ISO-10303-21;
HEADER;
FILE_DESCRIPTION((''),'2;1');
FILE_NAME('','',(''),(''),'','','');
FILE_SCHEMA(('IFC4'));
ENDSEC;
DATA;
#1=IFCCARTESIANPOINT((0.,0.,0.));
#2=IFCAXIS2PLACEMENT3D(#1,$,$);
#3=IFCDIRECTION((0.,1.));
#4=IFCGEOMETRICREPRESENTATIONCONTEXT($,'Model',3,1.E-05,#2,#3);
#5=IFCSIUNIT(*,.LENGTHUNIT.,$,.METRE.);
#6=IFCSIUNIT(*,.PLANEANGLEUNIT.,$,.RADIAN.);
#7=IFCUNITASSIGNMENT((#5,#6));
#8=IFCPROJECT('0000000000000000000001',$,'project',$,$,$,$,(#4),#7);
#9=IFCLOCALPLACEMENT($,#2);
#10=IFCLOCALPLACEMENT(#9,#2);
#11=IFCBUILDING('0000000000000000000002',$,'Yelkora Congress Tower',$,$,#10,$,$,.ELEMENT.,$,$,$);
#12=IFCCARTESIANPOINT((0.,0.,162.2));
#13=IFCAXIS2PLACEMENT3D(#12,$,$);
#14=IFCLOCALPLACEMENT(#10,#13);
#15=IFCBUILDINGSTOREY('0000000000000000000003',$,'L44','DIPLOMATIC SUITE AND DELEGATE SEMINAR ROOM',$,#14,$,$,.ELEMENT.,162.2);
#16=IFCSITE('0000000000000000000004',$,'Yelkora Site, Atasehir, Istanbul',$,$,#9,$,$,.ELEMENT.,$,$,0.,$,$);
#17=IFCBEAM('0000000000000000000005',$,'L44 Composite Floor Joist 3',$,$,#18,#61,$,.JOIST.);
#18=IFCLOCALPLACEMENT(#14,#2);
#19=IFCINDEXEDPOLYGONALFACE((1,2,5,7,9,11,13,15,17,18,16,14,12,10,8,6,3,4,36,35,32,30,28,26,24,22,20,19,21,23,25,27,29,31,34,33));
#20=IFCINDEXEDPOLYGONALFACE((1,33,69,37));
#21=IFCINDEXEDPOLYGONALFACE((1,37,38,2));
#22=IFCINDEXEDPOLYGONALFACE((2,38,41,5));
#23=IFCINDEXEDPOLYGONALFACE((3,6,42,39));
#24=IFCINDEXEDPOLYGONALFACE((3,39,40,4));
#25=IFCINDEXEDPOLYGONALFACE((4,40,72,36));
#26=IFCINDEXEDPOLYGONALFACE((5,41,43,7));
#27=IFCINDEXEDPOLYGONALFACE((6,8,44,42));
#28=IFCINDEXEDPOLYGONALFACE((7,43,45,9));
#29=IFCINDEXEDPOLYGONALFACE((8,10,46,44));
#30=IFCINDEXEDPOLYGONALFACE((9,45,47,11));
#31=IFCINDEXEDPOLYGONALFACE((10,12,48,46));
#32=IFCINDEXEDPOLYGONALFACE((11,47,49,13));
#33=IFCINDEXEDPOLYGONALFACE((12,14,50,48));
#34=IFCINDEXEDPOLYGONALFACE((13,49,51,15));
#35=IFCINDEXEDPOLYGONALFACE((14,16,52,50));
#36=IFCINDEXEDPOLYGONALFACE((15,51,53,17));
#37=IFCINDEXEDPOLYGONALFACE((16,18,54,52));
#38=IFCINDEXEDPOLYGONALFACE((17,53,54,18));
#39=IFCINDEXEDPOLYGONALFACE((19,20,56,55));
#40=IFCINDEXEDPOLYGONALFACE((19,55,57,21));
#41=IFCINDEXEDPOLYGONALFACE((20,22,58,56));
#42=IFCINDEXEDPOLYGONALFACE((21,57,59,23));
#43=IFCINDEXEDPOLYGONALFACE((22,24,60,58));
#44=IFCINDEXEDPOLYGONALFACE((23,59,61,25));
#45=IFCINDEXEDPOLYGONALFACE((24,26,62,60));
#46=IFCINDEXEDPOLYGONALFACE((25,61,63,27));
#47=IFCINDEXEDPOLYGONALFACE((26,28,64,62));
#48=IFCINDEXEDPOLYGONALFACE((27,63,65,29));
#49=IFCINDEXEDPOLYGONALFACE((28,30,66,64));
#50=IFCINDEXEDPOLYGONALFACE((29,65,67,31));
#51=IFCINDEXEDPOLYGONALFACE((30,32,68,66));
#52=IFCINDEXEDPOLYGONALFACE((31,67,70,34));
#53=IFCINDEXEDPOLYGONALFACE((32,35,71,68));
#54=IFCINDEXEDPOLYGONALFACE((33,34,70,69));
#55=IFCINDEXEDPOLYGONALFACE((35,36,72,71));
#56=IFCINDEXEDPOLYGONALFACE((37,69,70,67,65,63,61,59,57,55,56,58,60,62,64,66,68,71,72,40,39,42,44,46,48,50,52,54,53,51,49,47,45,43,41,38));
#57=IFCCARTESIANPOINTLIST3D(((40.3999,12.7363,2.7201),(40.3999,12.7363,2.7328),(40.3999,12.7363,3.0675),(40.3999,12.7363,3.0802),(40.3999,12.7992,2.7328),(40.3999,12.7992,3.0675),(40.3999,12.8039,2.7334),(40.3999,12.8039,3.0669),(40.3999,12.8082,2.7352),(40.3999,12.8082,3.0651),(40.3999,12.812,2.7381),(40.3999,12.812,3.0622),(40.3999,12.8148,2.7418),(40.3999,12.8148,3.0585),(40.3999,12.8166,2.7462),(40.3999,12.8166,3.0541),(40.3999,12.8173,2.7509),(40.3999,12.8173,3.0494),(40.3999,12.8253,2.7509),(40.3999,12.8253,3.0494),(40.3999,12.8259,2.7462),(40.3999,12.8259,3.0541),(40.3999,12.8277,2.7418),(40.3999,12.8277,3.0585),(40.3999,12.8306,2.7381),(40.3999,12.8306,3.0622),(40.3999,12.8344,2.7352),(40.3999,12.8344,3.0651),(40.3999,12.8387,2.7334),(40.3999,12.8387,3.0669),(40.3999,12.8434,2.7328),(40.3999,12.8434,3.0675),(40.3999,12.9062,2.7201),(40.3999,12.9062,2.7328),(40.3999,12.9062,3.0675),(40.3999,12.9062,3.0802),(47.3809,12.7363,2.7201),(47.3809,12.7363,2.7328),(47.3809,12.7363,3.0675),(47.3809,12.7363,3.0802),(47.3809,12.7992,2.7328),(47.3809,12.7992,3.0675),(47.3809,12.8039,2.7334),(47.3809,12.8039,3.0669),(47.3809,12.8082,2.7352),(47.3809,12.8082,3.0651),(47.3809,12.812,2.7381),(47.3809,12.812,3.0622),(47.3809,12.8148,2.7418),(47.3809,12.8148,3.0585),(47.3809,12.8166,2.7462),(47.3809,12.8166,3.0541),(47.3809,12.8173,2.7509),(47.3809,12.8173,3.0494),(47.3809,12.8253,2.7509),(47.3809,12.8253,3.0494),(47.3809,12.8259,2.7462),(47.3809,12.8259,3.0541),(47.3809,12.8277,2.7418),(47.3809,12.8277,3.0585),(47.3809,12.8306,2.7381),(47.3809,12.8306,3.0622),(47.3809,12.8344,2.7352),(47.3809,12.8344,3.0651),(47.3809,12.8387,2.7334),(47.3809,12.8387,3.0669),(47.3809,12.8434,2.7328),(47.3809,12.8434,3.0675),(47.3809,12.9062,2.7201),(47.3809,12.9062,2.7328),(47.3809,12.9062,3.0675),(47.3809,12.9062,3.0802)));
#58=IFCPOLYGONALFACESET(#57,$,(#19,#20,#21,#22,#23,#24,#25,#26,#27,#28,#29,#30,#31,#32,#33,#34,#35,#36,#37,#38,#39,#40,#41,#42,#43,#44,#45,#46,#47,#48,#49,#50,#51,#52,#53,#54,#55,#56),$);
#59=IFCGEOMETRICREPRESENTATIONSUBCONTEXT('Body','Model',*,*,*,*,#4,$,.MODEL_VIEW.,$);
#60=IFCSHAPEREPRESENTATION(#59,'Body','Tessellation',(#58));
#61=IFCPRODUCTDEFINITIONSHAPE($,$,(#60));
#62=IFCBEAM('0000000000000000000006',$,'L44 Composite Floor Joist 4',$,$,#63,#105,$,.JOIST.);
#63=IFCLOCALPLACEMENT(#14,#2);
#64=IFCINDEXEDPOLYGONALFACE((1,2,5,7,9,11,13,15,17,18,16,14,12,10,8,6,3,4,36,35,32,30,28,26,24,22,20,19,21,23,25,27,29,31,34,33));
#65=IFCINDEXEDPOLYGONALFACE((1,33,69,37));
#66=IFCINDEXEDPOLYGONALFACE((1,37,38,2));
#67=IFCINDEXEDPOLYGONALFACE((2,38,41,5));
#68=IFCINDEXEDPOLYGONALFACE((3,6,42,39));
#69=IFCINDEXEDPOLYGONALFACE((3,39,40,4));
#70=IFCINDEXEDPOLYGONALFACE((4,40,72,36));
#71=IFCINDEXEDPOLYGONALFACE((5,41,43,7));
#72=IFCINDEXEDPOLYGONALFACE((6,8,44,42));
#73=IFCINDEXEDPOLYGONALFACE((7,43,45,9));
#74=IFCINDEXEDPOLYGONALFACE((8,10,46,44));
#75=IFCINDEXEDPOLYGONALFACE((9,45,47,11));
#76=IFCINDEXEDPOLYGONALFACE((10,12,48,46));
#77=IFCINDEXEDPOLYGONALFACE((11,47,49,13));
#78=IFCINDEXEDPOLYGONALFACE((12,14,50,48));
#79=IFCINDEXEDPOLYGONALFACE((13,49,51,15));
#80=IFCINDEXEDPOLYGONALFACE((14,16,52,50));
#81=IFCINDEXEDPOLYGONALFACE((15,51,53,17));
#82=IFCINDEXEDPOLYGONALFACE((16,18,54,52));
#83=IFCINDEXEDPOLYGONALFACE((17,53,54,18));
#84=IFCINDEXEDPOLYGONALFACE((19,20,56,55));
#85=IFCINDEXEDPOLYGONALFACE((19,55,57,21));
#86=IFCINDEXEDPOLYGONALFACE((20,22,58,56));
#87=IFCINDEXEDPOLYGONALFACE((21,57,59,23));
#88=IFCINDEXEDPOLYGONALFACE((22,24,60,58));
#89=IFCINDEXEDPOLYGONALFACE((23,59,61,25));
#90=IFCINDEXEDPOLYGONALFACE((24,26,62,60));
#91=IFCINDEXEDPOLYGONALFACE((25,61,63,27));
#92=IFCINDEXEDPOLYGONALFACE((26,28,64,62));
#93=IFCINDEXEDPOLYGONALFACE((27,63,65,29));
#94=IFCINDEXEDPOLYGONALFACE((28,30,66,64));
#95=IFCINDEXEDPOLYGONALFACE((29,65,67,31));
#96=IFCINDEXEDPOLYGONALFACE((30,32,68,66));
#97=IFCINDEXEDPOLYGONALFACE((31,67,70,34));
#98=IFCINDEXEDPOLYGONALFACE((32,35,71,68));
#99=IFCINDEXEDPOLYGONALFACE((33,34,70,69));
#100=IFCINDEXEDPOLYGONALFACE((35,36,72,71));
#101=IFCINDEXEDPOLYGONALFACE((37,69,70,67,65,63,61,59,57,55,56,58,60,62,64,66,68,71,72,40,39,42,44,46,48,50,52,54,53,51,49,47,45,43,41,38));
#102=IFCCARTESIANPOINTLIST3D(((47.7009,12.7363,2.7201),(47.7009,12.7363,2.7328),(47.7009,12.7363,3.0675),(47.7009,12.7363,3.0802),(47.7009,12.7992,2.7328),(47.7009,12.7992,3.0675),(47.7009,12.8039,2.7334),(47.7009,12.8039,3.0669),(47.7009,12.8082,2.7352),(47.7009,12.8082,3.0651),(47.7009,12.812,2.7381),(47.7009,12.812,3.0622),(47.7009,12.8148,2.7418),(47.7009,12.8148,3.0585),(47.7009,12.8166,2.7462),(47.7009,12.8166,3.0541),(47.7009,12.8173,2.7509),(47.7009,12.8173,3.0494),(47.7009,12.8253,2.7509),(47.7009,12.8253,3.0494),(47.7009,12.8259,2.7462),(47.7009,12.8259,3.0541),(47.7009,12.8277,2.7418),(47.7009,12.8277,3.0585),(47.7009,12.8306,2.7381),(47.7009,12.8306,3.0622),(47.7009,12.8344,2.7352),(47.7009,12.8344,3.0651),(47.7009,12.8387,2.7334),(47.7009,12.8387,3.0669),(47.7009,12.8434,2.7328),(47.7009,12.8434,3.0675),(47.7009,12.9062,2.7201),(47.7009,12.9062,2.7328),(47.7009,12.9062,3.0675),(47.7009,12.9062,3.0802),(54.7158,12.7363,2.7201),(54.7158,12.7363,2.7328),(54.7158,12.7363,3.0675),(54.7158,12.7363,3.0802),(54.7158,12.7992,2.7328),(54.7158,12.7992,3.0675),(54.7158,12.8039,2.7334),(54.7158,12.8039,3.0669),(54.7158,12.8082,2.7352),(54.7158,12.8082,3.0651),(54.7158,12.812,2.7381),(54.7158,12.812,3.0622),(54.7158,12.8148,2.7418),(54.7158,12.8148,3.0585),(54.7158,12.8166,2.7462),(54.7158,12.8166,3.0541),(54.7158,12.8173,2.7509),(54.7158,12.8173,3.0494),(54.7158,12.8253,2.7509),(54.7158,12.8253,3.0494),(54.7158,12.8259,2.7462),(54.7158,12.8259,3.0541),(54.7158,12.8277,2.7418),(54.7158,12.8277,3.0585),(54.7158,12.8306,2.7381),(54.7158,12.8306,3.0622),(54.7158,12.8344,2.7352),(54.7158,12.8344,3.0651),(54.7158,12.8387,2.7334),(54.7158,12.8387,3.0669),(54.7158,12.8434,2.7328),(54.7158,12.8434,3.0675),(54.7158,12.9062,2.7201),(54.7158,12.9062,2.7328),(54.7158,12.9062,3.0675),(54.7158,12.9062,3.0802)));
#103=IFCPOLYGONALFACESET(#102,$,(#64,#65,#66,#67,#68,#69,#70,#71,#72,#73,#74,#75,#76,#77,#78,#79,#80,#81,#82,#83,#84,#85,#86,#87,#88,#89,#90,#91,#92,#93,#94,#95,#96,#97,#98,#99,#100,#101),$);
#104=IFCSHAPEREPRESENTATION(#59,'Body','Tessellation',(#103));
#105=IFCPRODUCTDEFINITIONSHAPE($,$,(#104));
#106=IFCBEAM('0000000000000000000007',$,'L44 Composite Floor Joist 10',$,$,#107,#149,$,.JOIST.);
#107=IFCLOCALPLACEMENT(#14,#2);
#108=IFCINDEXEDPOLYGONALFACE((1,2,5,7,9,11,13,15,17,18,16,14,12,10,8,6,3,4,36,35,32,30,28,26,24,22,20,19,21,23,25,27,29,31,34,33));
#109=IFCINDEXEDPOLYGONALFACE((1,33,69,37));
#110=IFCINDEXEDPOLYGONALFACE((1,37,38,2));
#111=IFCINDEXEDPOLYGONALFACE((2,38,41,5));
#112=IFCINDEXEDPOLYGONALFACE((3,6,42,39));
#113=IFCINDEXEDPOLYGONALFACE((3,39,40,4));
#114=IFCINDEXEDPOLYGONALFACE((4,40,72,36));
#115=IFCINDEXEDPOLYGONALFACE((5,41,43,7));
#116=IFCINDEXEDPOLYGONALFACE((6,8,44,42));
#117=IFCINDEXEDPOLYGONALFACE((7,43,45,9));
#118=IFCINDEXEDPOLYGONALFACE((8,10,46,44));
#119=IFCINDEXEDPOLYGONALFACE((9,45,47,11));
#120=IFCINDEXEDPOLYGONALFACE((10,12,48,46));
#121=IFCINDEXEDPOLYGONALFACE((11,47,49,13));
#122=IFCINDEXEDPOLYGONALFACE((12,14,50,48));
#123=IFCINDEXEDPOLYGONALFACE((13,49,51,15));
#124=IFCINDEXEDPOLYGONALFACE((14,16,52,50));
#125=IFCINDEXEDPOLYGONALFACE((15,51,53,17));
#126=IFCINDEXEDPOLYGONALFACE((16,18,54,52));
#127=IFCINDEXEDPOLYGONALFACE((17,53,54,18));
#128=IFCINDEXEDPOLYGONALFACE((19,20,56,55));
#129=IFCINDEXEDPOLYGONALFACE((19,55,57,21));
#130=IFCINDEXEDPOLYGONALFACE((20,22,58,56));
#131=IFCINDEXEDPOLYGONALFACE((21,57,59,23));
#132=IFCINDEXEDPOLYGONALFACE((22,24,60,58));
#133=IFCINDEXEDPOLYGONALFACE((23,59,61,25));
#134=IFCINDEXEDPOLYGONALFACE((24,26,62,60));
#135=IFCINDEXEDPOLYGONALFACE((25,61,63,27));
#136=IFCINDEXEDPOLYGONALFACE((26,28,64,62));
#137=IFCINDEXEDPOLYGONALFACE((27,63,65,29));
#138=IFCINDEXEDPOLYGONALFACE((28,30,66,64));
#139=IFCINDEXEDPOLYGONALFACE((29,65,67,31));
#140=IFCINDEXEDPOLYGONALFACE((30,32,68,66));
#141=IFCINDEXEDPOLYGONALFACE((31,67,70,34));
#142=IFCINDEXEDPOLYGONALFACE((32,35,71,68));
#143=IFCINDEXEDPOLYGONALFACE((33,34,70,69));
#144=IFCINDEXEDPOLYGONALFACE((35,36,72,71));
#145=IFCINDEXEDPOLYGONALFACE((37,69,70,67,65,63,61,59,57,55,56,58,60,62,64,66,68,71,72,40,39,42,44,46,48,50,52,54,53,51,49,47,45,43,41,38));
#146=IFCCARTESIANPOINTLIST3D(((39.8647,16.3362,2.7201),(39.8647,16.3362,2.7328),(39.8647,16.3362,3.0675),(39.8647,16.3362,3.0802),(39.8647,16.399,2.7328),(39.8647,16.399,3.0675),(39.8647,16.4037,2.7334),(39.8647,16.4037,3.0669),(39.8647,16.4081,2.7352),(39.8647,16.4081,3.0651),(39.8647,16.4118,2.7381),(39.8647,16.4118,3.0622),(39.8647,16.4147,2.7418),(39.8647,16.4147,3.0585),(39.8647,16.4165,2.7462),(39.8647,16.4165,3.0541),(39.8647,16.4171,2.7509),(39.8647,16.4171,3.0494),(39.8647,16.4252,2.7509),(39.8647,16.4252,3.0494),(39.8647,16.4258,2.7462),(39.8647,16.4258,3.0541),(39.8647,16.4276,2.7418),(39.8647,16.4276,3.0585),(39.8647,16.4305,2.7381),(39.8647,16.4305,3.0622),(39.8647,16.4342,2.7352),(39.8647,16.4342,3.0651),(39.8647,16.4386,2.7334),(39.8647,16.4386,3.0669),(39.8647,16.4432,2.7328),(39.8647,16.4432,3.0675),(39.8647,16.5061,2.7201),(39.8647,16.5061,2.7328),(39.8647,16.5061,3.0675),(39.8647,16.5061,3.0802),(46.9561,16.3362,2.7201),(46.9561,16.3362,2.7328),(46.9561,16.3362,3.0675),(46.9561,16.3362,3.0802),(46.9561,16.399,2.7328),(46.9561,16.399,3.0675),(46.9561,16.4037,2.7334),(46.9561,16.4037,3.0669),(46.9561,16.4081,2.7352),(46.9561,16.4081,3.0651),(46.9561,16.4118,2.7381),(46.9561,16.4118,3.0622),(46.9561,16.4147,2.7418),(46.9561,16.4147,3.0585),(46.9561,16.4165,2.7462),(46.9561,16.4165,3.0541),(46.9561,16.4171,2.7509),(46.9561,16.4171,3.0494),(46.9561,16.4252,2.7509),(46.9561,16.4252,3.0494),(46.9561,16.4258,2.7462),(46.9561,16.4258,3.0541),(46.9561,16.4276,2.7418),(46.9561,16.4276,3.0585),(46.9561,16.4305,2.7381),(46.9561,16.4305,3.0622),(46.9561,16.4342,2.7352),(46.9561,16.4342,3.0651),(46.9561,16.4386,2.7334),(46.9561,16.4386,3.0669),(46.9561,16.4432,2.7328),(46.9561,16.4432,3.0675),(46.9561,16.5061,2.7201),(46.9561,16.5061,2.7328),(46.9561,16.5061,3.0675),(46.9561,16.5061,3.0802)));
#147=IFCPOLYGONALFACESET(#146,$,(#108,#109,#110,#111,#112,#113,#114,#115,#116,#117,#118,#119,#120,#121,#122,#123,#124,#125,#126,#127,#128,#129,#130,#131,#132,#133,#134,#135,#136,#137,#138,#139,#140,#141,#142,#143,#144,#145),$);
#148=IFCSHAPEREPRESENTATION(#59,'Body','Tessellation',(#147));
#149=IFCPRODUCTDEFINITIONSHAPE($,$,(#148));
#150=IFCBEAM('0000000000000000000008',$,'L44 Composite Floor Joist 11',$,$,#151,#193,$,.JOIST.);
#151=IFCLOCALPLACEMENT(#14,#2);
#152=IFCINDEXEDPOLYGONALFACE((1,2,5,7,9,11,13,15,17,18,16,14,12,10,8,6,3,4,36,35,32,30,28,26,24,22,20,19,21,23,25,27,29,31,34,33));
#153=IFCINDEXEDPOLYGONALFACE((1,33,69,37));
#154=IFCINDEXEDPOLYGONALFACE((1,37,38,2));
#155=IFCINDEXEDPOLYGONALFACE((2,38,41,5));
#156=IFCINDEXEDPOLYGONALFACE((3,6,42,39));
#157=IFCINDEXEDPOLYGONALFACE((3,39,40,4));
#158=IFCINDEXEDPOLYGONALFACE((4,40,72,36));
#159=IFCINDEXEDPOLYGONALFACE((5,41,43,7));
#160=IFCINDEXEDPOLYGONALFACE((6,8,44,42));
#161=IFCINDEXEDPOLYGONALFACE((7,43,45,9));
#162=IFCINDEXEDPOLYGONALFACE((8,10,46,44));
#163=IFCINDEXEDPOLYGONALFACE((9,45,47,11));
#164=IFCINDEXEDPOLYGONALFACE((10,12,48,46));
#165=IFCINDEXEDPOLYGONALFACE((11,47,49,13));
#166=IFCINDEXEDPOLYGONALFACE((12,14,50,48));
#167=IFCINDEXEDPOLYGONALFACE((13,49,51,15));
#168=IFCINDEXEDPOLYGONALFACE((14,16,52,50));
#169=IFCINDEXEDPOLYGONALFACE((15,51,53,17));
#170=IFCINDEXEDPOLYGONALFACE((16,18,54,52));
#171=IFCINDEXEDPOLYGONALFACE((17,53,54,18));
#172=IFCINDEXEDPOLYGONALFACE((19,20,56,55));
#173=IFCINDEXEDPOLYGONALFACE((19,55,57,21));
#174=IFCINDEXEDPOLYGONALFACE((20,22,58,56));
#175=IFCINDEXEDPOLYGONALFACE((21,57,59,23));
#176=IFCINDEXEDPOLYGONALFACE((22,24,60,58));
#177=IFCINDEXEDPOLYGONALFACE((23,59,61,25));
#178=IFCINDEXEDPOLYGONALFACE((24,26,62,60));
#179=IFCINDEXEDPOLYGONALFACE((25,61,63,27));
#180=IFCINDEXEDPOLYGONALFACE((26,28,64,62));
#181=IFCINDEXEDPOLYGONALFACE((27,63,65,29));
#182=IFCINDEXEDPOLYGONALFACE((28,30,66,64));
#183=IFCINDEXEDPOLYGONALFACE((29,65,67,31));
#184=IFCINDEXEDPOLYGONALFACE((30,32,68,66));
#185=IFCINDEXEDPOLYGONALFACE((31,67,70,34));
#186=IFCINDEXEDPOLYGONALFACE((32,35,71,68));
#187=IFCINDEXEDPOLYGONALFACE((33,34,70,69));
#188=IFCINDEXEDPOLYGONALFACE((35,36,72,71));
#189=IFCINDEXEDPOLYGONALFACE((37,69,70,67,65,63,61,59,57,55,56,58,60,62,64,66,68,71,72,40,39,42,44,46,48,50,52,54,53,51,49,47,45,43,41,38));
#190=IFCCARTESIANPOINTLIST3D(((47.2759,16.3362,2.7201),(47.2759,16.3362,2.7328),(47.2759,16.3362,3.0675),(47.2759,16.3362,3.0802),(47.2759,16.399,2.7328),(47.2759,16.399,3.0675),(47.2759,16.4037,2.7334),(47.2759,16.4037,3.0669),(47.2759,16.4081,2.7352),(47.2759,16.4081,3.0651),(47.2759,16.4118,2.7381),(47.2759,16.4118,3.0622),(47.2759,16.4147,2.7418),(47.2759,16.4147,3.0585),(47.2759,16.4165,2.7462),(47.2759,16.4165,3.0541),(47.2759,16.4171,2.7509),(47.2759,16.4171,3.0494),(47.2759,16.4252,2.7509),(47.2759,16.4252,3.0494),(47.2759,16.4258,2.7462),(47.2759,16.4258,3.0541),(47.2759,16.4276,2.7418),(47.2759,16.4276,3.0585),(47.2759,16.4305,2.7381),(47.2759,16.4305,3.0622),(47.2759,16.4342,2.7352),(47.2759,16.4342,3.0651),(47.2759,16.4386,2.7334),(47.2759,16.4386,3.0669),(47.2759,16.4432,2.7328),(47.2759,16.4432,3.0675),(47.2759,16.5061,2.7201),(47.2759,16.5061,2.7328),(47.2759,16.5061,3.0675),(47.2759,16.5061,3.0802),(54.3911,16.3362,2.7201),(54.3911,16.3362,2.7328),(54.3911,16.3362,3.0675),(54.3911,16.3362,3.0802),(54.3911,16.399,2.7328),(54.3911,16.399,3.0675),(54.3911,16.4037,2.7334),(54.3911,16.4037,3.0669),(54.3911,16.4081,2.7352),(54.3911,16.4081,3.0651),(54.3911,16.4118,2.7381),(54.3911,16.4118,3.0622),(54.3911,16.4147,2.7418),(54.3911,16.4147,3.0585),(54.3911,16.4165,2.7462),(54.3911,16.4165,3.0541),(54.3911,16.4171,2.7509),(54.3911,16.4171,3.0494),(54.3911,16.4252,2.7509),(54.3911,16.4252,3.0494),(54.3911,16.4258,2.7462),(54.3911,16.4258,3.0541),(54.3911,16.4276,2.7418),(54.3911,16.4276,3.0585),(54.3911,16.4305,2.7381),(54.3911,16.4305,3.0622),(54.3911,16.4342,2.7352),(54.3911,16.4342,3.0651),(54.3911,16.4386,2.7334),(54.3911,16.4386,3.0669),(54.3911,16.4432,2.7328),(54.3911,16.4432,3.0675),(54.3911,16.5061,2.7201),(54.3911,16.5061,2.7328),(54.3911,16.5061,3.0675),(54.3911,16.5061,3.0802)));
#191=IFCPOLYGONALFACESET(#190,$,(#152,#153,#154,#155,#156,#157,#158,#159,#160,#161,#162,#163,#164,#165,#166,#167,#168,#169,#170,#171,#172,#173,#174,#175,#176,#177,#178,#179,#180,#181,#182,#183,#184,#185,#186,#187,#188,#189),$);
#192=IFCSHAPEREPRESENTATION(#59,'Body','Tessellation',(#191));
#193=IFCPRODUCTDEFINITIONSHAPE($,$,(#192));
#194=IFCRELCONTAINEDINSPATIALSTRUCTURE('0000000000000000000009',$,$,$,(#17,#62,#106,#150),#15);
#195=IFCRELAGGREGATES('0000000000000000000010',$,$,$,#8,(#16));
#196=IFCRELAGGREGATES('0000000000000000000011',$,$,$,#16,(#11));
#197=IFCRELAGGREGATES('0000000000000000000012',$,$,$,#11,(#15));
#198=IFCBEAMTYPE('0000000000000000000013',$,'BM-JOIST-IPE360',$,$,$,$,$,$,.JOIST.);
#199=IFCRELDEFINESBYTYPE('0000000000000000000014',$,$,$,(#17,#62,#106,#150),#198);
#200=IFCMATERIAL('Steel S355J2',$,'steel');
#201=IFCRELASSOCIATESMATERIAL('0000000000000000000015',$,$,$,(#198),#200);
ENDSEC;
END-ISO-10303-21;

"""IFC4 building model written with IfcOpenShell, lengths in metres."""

from ifc_helpers import new_model, si_unit, direction, frame, origin, origin_2d, place, context, subcontext, project, spatial, i_section, extrude, material, material_profile, profile_set, type_object, element, save


model = new_model("IFC4")

# Units and contexts
model_context = context("Model", 3, precision=1e-05, world=origin(), true_north=direction((0.0, 1.0)))
body_context = subcontext(model_context, "Body", "Model", "MODEL_VIEW")
ifc_project = project(units=[si_unit("LENGTHUNIT", "METRE"), si_unit("PLANEANGLEUNIT", "RADIAN")], contexts=[model_context])

# Site, building, storey
site_placement = place(None, origin())
site = spatial("IfcSite", under=ifc_project, at=site_placement, Name="Yelkora Site, Atasehir, Istanbul", CompositionType="ELEMENT", RefElevation=0.0)
building_placement = place(site_placement, origin())
building = spatial("IfcBuilding", under=site, at=building_placement, Name="Yelkora Congress Tower", CompositionType="ELEMENT")
storey_placement = place(building_placement, frame((0.0, 0.0, 162.2)))
storey = spatial("IfcBuildingStorey", under=building, at=storey_placement, Name="L44", Description="DIPLOMATIC SUITE AND DELEGATE SEMINAR ROOM", CompositionType="ELEMENT", Elevation=162.2)

# Beams
ifc_material_1 = material(Name="Steel S355J2", Category="steel")
ifc_material_profile_1 = material_profile(ifc_material_1, i_section(OverallWidth=0.1699, OverallDepth=0.3601, WebThickness=0.0081, FlangeThickness=0.0127, FilletRadius=0.0181, at=origin_2d()), Name="IPE 360")
ifc_profile_set_1 = profile_set([ifc_material_profile_1], Name="Steel S355J2")
beam_type_1 = type_object("IfcBeamType", Name="BM-JOIST-IPE360", PredefinedType="JOIST", material=ifc_profile_set_1)
beam_1_placement = place(storey_placement, frame((40.3999, 12.8213, 2.9001), z_axis=(1.0, 0.0, 0.0), x_axis=(0.0, 1.0, 0.0)))
element("IfcBeam", 1, at=beam_1_placement, inside=storey, type_object=beam_type_1, Name="L44 Composite Floor Joist 3", PredefinedType="JOIST", context=body_context, shape_type="SweptSolid", body=[
    extrude(i_section(OverallWidth=0.1699, OverallDepth=0.3601, WebThickness=0.0081, FlangeThickness=0.0127, FilletRadius=0.0181, at=origin_2d()), origin(), (0.0, 0.0, 1.0), 6.981),
])
beam_2_placement = place(storey_placement, frame((47.7009, 12.8213, 2.9001), z_axis=(1.0, 0.0, 0.0), x_axis=(0.0, 1.0, 0.0)))
element("IfcBeam", 2, at=beam_2_placement, inside=storey, type_object=beam_type_1, Name="L44 Composite Floor Joist 4", PredefinedType="JOIST", context=body_context, shape_type="SweptSolid", body=[
    extrude(i_section(OverallWidth=0.1699, OverallDepth=0.3601, WebThickness=0.0081, FlangeThickness=0.0127, FilletRadius=0.0181, at=origin_2d()), origin(), (0.0, 0.0, 1.0), 7.0149),
])
beam_3_placement = place(storey_placement, frame((39.8647, 16.4211, 2.9001), z_axis=(1.0, 0.0, 0.0), x_axis=(0.0, 1.0, 0.0)))
element("IfcBeam", 3, at=beam_3_placement, inside=storey, type_object=beam_type_1, Name="L44 Composite Floor Joist 10", PredefinedType="JOIST", context=body_context, shape_type="SweptSolid", body=[
    extrude(i_section(OverallWidth=0.1699, OverallDepth=0.3601, WebThickness=0.0081, FlangeThickness=0.0127, FilletRadius=0.0181, at=origin_2d()), origin(), (0.0, 0.0, 1.0), 7.0913),
])
beam_4_placement = place(storey_placement, frame((47.2759, 16.4211, 2.9001), z_axis=(1.0, 0.0, 0.0), x_axis=(0.0, 1.0, 0.0)))
element("IfcBeam", 4, at=beam_4_placement, inside=storey, type_object=beam_type_1, Name="L44 Composite Floor Joist 11", PredefinedType="JOIST", context=body_context, shape_type="SweptSolid", body=[
    extrude(i_section(OverallWidth=0.1699, OverallDepth=0.3601, WebThickness=0.0081, FlangeThickness=0.0127, FilletRadius=0.0181, at=origin_2d()), origin(), (0.0, 0.0, 1.0), 7.1152),
])

save(model, "model.ifc")
